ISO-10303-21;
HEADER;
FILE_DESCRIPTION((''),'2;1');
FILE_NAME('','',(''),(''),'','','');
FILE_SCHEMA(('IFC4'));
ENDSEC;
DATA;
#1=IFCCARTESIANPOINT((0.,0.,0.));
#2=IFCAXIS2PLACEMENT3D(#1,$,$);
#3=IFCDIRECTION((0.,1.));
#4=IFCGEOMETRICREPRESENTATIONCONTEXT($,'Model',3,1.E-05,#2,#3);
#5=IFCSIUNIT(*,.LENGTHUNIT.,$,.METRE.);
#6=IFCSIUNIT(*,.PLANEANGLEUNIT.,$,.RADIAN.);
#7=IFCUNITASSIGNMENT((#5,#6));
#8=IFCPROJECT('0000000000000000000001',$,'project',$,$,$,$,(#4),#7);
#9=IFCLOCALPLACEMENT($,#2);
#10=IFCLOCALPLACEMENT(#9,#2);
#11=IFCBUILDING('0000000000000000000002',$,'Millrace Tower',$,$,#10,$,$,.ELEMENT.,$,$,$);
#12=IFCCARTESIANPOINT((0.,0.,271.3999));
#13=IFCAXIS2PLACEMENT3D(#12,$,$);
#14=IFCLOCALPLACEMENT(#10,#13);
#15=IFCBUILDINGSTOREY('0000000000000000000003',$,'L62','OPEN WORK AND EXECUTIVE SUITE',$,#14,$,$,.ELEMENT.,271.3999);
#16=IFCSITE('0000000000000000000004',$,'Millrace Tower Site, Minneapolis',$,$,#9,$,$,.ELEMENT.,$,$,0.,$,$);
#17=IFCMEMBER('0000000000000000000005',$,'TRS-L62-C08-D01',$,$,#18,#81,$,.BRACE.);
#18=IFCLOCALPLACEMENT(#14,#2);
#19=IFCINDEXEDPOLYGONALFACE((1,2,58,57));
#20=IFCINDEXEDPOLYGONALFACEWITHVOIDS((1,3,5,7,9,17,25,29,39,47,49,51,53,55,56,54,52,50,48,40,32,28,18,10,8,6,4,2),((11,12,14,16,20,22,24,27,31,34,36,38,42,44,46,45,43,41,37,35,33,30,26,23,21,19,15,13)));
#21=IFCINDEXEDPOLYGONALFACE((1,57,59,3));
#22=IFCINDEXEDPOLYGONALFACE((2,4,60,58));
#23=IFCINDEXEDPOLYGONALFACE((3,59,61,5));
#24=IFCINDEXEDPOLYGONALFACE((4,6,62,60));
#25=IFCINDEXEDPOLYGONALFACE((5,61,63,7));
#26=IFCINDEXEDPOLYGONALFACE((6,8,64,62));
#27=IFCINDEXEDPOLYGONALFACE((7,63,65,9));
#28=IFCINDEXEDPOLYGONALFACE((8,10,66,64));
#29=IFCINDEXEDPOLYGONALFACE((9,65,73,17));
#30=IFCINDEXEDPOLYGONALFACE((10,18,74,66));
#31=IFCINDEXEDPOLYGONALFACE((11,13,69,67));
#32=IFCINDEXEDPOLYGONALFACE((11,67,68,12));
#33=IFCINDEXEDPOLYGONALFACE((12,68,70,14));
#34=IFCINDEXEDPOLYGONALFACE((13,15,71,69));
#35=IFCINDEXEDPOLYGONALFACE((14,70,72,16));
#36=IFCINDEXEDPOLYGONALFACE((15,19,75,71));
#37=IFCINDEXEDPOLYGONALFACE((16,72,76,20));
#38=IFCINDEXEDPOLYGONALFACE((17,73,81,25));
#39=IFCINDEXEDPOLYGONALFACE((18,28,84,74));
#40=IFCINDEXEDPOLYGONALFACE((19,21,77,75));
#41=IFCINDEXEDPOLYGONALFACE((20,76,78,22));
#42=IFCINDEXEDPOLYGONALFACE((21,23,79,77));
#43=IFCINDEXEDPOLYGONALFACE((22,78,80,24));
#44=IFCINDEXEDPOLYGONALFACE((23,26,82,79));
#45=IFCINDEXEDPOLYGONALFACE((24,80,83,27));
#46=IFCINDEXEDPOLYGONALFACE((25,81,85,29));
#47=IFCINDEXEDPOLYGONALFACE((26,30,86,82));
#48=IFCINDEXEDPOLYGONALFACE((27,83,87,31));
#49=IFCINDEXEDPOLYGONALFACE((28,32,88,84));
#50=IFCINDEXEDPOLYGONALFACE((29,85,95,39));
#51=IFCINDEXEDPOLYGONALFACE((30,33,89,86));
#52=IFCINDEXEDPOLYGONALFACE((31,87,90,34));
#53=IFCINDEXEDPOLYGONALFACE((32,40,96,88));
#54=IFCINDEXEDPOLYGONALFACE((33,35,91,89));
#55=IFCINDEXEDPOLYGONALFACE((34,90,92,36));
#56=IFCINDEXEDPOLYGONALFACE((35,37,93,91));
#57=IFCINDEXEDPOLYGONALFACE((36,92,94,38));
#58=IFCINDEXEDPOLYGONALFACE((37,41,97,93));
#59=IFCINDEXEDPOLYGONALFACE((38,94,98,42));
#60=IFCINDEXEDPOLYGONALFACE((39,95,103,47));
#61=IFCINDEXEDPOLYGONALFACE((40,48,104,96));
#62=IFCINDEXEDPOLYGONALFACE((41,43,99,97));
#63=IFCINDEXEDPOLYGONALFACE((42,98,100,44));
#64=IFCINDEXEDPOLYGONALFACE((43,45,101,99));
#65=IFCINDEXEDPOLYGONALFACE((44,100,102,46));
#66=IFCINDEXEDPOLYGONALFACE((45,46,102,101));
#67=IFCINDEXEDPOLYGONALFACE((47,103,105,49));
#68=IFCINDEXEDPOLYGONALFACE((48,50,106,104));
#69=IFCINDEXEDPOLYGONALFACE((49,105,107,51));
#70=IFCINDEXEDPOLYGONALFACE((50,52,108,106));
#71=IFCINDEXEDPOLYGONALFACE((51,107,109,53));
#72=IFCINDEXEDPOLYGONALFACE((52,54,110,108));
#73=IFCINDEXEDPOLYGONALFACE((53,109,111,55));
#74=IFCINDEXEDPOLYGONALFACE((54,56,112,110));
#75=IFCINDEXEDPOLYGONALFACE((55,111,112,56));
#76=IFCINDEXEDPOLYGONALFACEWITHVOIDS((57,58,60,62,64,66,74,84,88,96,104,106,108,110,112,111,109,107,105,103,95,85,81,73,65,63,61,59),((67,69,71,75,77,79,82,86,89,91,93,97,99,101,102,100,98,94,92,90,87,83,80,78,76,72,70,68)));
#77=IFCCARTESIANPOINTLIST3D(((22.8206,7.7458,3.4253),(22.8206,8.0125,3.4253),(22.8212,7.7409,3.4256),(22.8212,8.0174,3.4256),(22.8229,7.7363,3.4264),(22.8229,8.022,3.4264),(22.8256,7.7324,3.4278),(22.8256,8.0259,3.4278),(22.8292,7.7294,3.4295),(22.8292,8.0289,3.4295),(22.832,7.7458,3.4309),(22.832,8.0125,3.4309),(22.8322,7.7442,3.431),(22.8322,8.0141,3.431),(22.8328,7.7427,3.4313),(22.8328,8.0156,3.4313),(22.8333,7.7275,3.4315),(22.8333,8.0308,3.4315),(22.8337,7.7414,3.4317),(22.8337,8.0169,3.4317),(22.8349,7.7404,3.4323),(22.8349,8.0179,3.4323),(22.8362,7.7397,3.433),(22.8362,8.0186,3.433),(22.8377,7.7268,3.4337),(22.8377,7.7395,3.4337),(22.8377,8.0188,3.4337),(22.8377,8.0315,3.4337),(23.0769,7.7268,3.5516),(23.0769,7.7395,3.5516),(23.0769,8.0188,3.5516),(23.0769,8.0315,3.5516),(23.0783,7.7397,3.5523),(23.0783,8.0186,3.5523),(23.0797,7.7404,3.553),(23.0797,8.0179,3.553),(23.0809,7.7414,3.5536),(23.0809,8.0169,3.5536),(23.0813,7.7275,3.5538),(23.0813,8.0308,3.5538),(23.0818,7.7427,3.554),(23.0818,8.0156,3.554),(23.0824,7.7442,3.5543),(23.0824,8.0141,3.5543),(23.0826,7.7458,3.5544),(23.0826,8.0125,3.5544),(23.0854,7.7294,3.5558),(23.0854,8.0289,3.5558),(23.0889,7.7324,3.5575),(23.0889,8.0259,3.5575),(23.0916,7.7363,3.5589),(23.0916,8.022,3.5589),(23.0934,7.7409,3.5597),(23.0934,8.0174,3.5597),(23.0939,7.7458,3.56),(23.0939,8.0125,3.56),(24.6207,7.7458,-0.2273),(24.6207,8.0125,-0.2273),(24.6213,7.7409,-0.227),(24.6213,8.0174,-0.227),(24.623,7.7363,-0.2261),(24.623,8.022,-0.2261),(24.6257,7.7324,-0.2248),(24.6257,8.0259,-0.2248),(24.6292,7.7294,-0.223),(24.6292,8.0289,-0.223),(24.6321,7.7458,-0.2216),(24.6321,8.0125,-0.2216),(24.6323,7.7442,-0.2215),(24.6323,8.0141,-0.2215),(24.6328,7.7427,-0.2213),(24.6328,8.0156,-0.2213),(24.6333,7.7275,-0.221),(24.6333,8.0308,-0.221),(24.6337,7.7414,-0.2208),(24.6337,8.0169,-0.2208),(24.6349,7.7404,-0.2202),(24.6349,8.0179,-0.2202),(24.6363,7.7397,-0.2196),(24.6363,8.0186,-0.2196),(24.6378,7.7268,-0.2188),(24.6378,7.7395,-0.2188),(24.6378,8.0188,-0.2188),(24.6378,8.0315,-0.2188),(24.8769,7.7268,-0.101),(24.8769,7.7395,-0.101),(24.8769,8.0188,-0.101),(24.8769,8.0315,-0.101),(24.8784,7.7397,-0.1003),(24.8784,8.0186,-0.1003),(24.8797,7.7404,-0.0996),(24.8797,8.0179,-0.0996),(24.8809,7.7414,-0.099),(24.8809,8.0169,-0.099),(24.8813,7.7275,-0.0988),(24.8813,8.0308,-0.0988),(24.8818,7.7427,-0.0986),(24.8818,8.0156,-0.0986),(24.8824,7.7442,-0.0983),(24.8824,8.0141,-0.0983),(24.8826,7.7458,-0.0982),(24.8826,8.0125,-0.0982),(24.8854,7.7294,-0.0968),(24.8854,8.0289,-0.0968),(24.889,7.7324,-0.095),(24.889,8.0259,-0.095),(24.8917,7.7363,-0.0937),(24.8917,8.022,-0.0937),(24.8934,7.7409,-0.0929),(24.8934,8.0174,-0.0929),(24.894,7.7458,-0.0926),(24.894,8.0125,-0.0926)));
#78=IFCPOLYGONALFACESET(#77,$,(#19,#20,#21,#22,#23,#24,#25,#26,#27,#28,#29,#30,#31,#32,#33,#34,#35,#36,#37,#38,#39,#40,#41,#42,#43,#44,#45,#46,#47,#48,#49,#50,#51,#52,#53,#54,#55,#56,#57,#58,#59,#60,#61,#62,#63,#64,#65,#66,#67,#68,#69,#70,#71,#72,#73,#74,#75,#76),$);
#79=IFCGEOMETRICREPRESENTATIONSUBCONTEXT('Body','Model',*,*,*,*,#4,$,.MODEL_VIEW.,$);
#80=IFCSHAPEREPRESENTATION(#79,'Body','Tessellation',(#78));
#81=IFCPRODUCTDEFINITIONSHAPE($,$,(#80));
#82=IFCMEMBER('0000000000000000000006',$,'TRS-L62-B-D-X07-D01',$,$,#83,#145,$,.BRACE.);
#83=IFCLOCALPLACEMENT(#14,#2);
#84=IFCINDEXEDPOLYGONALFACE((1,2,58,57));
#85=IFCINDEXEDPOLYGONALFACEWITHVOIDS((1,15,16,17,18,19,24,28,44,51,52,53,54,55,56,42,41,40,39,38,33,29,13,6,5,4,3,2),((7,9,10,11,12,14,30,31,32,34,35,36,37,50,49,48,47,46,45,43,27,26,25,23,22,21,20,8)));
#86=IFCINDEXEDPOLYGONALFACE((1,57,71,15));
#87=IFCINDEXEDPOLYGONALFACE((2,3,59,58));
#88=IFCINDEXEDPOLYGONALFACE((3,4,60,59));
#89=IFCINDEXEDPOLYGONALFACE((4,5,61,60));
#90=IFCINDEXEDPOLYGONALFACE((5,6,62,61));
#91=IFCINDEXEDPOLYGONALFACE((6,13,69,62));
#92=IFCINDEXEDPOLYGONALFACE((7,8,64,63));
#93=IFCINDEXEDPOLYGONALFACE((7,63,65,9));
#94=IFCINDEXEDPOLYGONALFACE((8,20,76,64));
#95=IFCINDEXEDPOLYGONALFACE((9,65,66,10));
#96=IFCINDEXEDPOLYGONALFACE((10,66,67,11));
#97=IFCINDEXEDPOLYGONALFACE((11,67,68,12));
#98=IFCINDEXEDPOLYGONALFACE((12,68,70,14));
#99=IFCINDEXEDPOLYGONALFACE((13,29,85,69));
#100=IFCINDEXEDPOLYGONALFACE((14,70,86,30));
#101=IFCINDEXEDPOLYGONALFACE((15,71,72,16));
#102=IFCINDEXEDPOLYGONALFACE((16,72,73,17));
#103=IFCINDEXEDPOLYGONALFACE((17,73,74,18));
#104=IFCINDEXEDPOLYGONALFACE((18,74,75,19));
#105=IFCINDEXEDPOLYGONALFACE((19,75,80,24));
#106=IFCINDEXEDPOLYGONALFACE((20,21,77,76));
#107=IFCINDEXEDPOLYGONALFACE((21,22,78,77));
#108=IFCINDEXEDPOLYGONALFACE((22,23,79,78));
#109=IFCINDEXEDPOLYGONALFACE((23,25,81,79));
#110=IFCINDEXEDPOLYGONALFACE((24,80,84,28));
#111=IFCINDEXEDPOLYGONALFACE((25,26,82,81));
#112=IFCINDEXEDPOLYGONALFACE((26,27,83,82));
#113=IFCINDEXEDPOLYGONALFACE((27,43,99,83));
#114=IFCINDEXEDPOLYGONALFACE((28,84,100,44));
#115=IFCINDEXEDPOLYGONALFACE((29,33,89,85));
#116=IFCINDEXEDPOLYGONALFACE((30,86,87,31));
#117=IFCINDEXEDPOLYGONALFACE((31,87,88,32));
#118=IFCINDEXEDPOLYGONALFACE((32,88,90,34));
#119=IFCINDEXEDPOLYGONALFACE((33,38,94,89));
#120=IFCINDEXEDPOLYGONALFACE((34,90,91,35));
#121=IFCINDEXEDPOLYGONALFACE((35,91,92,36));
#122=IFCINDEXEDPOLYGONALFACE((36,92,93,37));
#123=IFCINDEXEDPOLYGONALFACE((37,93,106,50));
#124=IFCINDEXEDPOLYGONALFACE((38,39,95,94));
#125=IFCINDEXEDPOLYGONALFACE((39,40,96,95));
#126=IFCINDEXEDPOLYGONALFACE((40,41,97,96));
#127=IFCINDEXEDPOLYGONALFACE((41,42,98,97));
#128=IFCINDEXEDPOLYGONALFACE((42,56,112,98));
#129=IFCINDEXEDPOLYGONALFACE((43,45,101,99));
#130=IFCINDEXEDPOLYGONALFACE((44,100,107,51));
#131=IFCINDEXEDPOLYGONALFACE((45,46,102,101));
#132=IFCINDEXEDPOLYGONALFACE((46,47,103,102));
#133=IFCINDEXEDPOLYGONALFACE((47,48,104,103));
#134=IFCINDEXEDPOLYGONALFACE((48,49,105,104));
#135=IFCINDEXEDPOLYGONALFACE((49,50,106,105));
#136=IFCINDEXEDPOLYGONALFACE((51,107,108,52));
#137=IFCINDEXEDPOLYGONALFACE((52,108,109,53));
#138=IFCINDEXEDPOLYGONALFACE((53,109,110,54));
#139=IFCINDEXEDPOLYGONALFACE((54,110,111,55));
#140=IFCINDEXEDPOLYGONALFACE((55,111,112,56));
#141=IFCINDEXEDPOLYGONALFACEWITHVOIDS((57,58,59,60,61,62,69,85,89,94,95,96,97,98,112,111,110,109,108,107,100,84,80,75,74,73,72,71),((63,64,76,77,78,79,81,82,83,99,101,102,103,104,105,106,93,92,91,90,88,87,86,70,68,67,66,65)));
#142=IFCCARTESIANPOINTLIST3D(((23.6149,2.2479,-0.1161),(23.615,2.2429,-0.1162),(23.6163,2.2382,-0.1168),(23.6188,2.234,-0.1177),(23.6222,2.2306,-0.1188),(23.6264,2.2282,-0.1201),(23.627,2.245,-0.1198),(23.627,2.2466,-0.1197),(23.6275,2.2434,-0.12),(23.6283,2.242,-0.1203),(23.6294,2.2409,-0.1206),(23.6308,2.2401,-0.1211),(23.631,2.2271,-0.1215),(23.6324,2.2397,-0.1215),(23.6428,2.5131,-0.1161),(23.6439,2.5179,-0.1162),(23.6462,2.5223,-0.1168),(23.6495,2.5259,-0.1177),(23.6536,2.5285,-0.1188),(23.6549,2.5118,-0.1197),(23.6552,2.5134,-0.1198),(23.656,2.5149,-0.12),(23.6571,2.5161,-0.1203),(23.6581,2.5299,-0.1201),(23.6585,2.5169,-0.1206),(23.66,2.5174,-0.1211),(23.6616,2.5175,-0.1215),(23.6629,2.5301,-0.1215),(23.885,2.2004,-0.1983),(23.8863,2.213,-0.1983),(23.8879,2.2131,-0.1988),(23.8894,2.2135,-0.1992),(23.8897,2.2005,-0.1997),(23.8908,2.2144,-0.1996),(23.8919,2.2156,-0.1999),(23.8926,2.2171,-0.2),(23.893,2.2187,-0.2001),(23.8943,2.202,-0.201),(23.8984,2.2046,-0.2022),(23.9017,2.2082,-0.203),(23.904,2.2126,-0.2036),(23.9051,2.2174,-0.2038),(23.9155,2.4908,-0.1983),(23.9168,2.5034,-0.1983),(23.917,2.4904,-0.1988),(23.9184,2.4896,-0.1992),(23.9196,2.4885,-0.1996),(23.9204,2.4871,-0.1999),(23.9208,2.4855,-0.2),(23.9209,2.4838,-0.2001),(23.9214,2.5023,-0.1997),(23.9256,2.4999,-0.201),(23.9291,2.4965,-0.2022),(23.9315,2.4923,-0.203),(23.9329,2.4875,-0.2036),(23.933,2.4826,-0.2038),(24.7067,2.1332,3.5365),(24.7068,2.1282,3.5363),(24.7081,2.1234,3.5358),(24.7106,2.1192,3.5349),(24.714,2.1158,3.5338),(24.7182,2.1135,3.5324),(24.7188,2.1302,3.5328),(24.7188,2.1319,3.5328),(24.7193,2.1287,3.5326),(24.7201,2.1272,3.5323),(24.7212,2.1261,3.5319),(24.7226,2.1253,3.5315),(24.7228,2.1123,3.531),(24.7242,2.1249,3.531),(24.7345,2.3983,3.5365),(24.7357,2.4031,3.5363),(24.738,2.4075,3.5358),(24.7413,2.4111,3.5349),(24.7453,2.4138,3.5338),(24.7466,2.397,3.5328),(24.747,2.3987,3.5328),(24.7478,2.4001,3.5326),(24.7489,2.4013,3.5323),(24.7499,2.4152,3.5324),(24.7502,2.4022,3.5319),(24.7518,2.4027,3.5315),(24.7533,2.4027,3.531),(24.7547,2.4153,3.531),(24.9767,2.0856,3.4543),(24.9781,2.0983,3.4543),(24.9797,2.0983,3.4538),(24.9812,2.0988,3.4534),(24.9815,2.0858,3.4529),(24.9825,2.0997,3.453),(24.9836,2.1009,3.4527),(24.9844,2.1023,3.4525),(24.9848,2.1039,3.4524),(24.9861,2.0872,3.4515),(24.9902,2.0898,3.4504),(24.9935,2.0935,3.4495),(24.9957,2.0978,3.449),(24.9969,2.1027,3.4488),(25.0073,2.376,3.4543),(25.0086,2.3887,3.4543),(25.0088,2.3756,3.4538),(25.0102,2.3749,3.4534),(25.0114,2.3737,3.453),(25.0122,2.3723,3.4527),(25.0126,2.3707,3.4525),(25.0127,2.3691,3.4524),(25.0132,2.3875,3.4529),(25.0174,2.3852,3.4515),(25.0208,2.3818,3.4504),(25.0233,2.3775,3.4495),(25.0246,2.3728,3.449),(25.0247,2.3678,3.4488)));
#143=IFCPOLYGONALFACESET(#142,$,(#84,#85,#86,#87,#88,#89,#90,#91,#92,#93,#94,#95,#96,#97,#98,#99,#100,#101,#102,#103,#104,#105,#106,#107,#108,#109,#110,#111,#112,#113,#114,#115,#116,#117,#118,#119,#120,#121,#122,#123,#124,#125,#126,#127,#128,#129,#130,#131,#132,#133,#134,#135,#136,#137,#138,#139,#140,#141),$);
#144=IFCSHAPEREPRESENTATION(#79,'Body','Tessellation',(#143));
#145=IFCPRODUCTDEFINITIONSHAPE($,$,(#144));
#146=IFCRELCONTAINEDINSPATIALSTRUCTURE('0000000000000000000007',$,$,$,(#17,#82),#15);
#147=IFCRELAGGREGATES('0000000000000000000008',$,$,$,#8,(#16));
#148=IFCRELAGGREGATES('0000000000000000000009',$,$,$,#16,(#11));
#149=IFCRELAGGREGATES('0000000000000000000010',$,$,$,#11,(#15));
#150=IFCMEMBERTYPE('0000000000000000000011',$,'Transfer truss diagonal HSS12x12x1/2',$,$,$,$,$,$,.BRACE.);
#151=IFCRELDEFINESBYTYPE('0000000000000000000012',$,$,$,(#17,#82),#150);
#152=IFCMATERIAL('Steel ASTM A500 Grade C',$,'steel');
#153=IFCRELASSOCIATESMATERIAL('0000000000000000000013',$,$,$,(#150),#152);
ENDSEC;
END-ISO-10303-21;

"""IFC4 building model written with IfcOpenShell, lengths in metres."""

from ifc_helpers import new_model, si_unit, direction, frame, origin, origin_2d, place, context, subcontext, project, spatial, hollow_rectangle, extrude, material, material_profile, profile_set, type_object, element, save


model = new_model("IFC4")

# Units and contexts
model_context = context("Model", 3, precision=1e-05, world=origin(), true_north=direction((0.0, 1.0)))
body_context = subcontext(model_context, "Body", "Model", "MODEL_VIEW")
ifc_project = project(units=[si_unit("LENGTHUNIT", "METRE"), si_unit("PLANEANGLEUNIT", "RADIAN")], contexts=[model_context])

# Site, building, storey
site_placement = place(None, origin())
site = spatial("IfcSite", under=ifc_project, at=site_placement, Name="Millrace Tower Site, Minneapolis", CompositionType="ELEMENT", RefElevation=0.0)
building_placement = place(site_placement, origin())
building = spatial("IfcBuilding", under=site, at=building_placement, Name="Millrace Tower", CompositionType="ELEMENT")
storey_placement = place(building_placement, frame((0.0, 0.0, 271.3999)))
storey = spatial("IfcBuildingStorey", under=building, at=storey_placement, Name="L62", Description="OPEN WORK AND EXECUTIVE SUITE", CompositionType="ELEMENT", Elevation=271.3999)

# Members
ifc_material_1 = material(Name="Steel ASTM A500 Grade C", Category="steel")
ifc_material_profile_1 = material_profile(ifc_material_1, hollow_rectangle(XDim=0.3047, YDim=0.3047, WallThickness=0.0127, InnerFilletRadius=0.0063, OuterFilletRadius=0.019, at=origin_2d()))
ifc_profile_set_1 = profile_set([ifc_material_profile_1], Name="Steel ASTM A500 Grade C")
member_type_1 = type_object("IfcMemberType", Name="Transfer truss diagonal HSS12x12x1/2", PredefinedType="BRACE", material=ifc_profile_set_1)
member_1_placement = place(storey_placement, frame((24.7573, 7.8792, -0.1599), z_axis=(-0.44205, 0.0, 0.89699), x_axis=(0.0, -1.0, 0.0)))
element("IfcMember", 1, at=member_1_placement, inside=storey, type_object=member_type_1, Name="TRS-L62-C08-D01", PredefinedType="BRACE", context=body_context, shape_type="SweptSolid", body=[
    extrude(hollow_rectangle(XDim=0.3047, YDim=0.3047, WallThickness=0.0127, InnerFilletRadius=0.0063, OuterFilletRadius=0.019, at=origin_2d()), origin(), (0.0, 0.0, 1.0), 4.072),
])
member_2_placement = place(storey_placement, frame((23.7739, 2.3652, -0.1599), z_axis=(0.28626, -0.030086, 0.957679), x_axis=(0.104523, 0.994522, 0.0)))
element("IfcMember", 2, at=member_2_placement, inside=storey, type_object=member_type_1, Name="TRS-L62-B-D-X07-D01", PredefinedType="BRACE", context=body_context, shape_type="SweptSolid", body=[
    extrude(hollow_rectangle(XDim=0.3047, YDim=0.3047, WallThickness=0.0127, InnerFilletRadius=0.0063, OuterFilletRadius=0.019, at=origin_2d()), origin(), (0.0, 0.0, 1.0), 3.814),
])

save(model, "model.ifc")
